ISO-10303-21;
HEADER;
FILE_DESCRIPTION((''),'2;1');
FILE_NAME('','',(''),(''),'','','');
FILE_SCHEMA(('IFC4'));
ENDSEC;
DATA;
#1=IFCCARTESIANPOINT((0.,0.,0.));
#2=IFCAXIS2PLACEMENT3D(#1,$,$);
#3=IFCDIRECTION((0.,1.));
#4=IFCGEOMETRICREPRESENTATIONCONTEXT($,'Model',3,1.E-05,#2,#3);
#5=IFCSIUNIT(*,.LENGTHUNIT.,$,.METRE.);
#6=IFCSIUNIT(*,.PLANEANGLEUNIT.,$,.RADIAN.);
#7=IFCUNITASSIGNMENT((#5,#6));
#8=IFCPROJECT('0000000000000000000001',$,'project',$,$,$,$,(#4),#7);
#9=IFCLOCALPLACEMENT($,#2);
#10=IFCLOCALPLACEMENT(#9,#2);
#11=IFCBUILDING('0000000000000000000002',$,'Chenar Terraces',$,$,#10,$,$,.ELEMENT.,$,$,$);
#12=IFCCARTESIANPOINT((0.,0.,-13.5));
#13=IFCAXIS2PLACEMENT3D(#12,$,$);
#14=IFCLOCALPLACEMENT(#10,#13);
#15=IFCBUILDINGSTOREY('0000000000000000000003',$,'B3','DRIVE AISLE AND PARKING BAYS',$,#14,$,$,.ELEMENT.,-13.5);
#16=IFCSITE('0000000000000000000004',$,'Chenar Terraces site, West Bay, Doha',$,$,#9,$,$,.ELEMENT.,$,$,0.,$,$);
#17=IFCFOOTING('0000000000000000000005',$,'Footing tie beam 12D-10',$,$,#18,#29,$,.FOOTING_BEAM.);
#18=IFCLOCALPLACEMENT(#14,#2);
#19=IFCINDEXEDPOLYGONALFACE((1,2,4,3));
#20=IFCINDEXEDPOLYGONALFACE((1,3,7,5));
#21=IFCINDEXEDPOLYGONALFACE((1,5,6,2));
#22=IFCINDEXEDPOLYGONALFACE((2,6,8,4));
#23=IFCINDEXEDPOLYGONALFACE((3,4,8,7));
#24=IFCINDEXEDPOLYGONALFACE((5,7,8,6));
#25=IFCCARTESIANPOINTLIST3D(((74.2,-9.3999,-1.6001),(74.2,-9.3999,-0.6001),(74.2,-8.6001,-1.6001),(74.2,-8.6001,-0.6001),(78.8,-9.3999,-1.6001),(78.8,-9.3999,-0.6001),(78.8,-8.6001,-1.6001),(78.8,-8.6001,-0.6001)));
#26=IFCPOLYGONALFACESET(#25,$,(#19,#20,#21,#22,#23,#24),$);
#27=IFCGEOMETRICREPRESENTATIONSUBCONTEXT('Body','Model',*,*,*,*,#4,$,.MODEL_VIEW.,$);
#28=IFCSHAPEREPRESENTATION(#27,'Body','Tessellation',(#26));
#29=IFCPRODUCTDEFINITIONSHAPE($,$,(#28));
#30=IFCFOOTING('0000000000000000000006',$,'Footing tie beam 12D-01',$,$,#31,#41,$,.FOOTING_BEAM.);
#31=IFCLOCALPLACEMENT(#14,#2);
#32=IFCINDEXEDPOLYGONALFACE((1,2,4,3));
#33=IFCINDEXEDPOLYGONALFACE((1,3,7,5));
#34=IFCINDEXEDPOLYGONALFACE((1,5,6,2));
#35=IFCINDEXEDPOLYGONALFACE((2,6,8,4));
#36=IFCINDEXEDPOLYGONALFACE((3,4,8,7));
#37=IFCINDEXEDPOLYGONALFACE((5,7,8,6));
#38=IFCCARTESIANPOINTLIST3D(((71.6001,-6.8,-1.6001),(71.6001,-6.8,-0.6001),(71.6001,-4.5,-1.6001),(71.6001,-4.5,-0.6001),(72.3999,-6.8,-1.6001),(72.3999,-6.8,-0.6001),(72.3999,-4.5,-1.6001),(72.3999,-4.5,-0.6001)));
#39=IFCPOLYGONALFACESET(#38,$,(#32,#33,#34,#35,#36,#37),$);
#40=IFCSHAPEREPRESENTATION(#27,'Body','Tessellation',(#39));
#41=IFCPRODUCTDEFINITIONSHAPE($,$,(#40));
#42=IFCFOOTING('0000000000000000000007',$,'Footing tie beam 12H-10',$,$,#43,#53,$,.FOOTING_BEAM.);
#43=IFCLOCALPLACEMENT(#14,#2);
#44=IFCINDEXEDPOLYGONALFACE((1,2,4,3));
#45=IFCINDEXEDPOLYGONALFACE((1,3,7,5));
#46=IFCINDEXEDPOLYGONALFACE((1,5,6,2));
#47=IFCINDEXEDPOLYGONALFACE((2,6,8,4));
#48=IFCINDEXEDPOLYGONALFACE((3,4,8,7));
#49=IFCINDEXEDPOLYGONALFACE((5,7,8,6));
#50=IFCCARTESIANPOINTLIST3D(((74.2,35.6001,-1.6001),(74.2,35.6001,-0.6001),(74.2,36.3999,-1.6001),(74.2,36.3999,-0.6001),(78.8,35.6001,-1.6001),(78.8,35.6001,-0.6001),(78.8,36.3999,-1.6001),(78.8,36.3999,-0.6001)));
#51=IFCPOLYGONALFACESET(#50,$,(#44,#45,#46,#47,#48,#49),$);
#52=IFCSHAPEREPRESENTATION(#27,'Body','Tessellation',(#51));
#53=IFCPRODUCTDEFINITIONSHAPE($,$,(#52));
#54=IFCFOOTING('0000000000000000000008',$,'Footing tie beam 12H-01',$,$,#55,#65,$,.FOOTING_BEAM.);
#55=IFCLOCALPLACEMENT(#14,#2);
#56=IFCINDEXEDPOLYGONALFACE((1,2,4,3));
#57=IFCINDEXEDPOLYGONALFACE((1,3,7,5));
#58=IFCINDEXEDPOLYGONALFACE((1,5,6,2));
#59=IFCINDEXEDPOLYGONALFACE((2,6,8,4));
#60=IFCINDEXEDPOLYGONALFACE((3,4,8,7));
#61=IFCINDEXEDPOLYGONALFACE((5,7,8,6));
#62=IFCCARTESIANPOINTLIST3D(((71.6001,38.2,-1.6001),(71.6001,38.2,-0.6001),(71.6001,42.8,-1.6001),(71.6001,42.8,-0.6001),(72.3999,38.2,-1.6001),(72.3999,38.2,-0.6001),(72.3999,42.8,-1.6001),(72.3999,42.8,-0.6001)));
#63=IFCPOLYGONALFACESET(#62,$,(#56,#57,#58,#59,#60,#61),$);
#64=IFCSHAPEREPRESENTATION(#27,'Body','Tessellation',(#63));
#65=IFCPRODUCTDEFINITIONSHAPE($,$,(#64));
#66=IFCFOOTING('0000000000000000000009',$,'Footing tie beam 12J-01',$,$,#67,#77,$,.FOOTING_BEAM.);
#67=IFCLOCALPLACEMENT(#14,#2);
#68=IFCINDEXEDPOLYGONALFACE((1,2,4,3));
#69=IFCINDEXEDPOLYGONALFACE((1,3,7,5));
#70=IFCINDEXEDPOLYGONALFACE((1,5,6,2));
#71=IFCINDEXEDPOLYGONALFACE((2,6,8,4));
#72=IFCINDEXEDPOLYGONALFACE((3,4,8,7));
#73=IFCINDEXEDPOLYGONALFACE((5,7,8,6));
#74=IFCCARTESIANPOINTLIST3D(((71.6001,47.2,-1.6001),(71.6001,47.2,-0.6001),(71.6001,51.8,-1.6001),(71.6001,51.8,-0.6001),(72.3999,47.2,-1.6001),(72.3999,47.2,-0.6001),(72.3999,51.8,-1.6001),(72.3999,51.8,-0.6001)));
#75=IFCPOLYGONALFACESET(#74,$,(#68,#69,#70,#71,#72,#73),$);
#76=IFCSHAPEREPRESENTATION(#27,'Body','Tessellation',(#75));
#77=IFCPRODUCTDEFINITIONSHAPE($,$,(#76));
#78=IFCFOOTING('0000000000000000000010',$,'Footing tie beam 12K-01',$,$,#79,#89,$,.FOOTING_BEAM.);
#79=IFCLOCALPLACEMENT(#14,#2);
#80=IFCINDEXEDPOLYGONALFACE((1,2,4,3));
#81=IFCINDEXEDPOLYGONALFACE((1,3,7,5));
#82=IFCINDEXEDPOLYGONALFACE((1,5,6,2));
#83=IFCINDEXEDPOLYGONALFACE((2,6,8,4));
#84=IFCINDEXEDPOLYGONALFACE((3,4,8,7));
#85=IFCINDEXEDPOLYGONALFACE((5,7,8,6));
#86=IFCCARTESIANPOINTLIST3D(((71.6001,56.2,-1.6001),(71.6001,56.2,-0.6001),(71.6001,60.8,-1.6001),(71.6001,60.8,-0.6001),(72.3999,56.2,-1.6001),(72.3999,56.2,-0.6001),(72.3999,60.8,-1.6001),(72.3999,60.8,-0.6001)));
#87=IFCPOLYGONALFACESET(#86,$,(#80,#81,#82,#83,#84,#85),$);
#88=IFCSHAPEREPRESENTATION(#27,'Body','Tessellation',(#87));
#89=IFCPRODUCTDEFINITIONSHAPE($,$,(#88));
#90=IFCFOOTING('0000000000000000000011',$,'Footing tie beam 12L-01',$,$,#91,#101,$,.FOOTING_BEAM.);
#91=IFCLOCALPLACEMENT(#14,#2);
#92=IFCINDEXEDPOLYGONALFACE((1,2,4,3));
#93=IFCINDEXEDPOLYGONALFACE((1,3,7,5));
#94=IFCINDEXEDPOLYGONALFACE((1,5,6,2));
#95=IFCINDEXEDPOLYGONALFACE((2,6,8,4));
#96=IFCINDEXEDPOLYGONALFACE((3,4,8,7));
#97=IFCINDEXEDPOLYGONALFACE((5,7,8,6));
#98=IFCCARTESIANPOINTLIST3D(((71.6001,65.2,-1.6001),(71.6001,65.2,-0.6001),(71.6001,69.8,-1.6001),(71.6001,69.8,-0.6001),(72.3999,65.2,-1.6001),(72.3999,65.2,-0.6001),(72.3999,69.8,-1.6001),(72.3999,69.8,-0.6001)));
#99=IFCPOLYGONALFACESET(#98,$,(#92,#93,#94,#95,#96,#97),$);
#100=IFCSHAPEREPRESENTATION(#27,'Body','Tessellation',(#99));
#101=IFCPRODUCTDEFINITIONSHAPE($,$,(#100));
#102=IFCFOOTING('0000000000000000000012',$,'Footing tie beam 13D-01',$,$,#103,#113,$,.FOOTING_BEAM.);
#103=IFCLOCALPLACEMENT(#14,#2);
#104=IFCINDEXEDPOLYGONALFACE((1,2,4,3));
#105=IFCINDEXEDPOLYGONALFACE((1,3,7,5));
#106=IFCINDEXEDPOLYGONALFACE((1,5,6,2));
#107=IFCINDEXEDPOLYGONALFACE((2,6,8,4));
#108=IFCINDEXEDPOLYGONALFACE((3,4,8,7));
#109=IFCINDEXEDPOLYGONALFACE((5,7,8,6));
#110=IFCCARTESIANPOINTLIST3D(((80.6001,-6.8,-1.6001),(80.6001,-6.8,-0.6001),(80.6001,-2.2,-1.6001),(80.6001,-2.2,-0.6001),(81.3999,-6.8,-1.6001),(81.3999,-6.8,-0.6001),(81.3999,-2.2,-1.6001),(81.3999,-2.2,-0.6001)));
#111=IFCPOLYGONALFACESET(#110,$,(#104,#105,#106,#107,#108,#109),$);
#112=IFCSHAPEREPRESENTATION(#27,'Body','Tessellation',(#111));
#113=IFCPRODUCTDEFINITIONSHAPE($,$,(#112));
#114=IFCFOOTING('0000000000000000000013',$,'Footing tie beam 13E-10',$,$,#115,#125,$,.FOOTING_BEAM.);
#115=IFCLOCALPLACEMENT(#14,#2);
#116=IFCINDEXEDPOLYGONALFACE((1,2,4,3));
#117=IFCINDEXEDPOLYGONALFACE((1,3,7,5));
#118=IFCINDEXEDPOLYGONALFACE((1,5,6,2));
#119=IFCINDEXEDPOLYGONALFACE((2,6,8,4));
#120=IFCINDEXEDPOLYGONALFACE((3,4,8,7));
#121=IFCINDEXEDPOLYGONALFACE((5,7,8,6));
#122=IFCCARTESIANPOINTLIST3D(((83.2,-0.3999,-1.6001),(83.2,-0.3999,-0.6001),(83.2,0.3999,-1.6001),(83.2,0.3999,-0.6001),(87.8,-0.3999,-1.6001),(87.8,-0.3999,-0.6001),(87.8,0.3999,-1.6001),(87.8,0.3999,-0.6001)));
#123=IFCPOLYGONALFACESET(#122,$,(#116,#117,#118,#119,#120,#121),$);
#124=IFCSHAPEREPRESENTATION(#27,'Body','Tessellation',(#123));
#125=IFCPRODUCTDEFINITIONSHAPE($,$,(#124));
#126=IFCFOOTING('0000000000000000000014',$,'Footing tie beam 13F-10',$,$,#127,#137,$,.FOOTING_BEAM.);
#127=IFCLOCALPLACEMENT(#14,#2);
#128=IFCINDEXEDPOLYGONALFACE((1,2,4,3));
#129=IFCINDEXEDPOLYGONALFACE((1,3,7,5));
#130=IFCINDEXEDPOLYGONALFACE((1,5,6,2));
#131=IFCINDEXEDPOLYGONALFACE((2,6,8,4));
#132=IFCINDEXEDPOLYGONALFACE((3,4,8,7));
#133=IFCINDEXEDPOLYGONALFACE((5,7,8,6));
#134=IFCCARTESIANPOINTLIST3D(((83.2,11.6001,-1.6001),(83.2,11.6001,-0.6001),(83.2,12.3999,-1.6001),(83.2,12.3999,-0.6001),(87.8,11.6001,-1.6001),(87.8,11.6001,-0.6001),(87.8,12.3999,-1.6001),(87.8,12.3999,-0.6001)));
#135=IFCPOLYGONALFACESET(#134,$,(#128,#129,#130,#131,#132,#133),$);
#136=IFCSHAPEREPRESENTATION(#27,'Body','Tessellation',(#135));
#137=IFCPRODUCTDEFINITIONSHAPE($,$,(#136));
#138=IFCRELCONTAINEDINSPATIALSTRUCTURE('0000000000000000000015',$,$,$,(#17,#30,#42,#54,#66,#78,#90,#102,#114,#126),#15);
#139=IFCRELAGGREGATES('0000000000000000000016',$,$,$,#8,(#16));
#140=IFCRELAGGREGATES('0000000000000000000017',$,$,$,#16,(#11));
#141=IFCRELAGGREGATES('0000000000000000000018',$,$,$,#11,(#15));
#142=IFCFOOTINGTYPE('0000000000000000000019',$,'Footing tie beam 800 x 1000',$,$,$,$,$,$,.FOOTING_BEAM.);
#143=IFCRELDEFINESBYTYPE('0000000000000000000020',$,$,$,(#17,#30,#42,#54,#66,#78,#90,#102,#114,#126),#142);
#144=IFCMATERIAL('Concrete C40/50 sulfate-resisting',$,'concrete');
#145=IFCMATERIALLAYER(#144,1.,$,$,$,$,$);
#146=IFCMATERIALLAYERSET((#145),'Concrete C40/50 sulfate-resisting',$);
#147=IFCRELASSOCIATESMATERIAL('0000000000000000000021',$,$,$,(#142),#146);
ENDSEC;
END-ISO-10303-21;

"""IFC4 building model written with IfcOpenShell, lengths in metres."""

from ifc_helpers import new_model, si_unit, direction, frame, origin, place, context, subcontext, project, spatial, polyline, outline, extrude, material, layer, layer_set, type_object, element, save


model = new_model("IFC4")

# Units and contexts
model_context = context("Model", 3, precision=1e-05, world=origin(), true_north=direction((0.0, 1.0)))
body_context = subcontext(model_context, "Body", "Model", "MODEL_VIEW")
ifc_project = project(units=[si_unit("LENGTHUNIT", "METRE"), si_unit("PLANEANGLEUNIT", "RADIAN")], contexts=[model_context])

# Site, building, storey
site_placement = place(None, origin())
site = spatial("IfcSite", under=ifc_project, at=site_placement, Name="Chenar Terraces site, West Bay, Doha", CompositionType="ELEMENT", RefElevation=0.0)
building_placement = place(site_placement, origin())
building = spatial("IfcBuilding", under=site, at=building_placement, Name="Chenar Terraces", CompositionType="ELEMENT")
storey_placement = place(building_placement, frame((0.0, 0.0, -13.5)))
storey = spatial("IfcBuildingStorey", under=building, at=storey_placement, Name="B3", Description="DRIVE AISLE AND PARKING BAYS", CompositionType="ELEMENT", Elevation=-13.5)

# Footings
ifc_material = material(Name="Concrete C40/50 sulfate-resisting", Category="concrete")
ifc_layer = layer(ifc_material, 1.0)
ifc_layer_set = layer_set([ifc_layer], Name="Concrete C40/50 sulfate-resisting")
footing_type = type_object("IfcFootingType", Name="Footing tie beam 800 x 1000", PredefinedType="FOOTING_BEAM", material=ifc_layer_set)
placement = place(storey_placement, frame((0.0, 0.0, -1.6001)))
element("IfcFooting", 1, at=placement, inside=storey, type_object=footing_type, Name="Footing tie beam 12D-10", PredefinedType="FOOTING_BEAM", context=body_context, shape_type="SweptSolid", body=[
    extrude(outline(polyline([(78.8, -9.3999), (78.8, -8.6001), (74.2, -8.6001), (74.2, -9.3999), (78.8, -9.3999)])), origin(), (0.0, 0.0, 1.0), 1.0),
])
element("IfcFooting", 2, at=placement, inside=storey, type_object=footing_type, Name="Footing tie beam 12D-01", PredefinedType="FOOTING_BEAM", context=body_context, shape_type="SweptSolid", body=[
    extrude(outline(polyline([(72.3999, -6.8), (72.3999, -4.5), (71.6001, -4.5), (71.6001, -6.8), (72.3999, -6.8)])), origin(), (0.0, 0.0, 1.0), 1.0),
])
element("IfcFooting", 3, at=placement, inside=storey, type_object=footing_type, Name="Footing tie beam 12H-10", PredefinedType="FOOTING_BEAM", context=body_context, shape_type="SweptSolid", body=[
    extrude(outline(polyline([(78.8, 35.6001), (78.8, 36.3999), (74.2, 36.3999), (74.2, 35.6001), (78.8, 35.6001)])), origin(), (0.0, 0.0, 1.0), 1.0),
])
element("IfcFooting", 4, at=placement, inside=storey, type_object=footing_type, Name="Footing tie beam 12H-01", PredefinedType="FOOTING_BEAM", context=body_context, shape_type="SweptSolid", body=[
    extrude(outline(polyline([(72.3999, 38.2), (72.3999, 42.8), (71.6001, 42.8), (71.6001, 38.2), (72.3999, 38.2)])), origin(), (0.0, 0.0, 1.0), 1.0),
])
element("IfcFooting", 5, at=placement, inside=storey, type_object=footing_type, Name="Footing tie beam 12J-01", PredefinedType="FOOTING_BEAM", context=body_context, shape_type="SweptSolid", body=[
    extrude(outline(polyline([(72.3999, 47.2), (72.3999, 51.8), (71.6001, 51.8), (71.6001, 47.2), (72.3999, 47.2)])), origin(), (0.0, 0.0, 1.0), 1.0),
])
element("IfcFooting", 6, at=placement, inside=storey, type_object=footing_type, Name="Footing tie beam 12K-01", PredefinedType="FOOTING_BEAM", context=body_context, shape_type="SweptSolid", body=[
    extrude(outline(polyline([(72.3999, 56.2), (72.3999, 60.8), (71.6001, 60.8), (71.6001, 56.2), (72.3999, 56.2)])), origin(), (0.0, 0.0, 1.0), 1.0),
])
element("IfcFooting", 7, at=placement, inside=storey, type_object=footing_type, Name="Footing tie beam 12L-01", PredefinedType="FOOTING_BEAM", context=body_context, shape_type="SweptSolid", body=[
    extrude(outline(polyline([(72.3999, 65.2), (72.3999, 69.8), (71.6001, 69.8), (71.6001, 65.2), (72.3999, 65.2)])), origin(), (0.0, 0.0, 1.0), 1.0),
])
element("IfcFooting", 8, at=placement, inside=storey, type_object=footing_type, Name="Footing tie beam 13D-01", PredefinedType="FOOTING_BEAM", context=body_context, shape_type="SweptSolid", body=[
    extrude(outline(polyline([(81.3999, -6.8), (81.3999, -2.2), (80.6001, -2.2), (80.6001, -6.8), (81.3999, -6.8)])), origin(), (0.0, 0.0, 1.0), 1.0),
])
element("IfcFooting", 9, at=placement, inside=storey, type_object=footing_type, Name="Footing tie beam 13E-10", PredefinedType="FOOTING_BEAM", context=body_context, shape_type="SweptSolid", body=[
    extrude(outline(polyline([(87.8, -0.3999), (87.8, 0.3999), (83.2, 0.3999), (83.2, -0.3999), (87.8, -0.3999)])), origin(), (0.0, 0.0, 1.0), 1.0),
])
element("IfcFooting", 10, at=placement, inside=storey, type_object=footing_type, Name="Footing tie beam 13F-10", PredefinedType="FOOTING_BEAM", context=body_context, shape_type="SweptSolid", body=[
    extrude(outline(polyline([(87.8, 11.6001), (87.8, 12.3999), (83.2, 12.3999), (83.2, 11.6001), (87.8, 11.6001)])), origin(), (0.0, 0.0, 1.0), 1.0),
])

save(model, "model.ifc")
